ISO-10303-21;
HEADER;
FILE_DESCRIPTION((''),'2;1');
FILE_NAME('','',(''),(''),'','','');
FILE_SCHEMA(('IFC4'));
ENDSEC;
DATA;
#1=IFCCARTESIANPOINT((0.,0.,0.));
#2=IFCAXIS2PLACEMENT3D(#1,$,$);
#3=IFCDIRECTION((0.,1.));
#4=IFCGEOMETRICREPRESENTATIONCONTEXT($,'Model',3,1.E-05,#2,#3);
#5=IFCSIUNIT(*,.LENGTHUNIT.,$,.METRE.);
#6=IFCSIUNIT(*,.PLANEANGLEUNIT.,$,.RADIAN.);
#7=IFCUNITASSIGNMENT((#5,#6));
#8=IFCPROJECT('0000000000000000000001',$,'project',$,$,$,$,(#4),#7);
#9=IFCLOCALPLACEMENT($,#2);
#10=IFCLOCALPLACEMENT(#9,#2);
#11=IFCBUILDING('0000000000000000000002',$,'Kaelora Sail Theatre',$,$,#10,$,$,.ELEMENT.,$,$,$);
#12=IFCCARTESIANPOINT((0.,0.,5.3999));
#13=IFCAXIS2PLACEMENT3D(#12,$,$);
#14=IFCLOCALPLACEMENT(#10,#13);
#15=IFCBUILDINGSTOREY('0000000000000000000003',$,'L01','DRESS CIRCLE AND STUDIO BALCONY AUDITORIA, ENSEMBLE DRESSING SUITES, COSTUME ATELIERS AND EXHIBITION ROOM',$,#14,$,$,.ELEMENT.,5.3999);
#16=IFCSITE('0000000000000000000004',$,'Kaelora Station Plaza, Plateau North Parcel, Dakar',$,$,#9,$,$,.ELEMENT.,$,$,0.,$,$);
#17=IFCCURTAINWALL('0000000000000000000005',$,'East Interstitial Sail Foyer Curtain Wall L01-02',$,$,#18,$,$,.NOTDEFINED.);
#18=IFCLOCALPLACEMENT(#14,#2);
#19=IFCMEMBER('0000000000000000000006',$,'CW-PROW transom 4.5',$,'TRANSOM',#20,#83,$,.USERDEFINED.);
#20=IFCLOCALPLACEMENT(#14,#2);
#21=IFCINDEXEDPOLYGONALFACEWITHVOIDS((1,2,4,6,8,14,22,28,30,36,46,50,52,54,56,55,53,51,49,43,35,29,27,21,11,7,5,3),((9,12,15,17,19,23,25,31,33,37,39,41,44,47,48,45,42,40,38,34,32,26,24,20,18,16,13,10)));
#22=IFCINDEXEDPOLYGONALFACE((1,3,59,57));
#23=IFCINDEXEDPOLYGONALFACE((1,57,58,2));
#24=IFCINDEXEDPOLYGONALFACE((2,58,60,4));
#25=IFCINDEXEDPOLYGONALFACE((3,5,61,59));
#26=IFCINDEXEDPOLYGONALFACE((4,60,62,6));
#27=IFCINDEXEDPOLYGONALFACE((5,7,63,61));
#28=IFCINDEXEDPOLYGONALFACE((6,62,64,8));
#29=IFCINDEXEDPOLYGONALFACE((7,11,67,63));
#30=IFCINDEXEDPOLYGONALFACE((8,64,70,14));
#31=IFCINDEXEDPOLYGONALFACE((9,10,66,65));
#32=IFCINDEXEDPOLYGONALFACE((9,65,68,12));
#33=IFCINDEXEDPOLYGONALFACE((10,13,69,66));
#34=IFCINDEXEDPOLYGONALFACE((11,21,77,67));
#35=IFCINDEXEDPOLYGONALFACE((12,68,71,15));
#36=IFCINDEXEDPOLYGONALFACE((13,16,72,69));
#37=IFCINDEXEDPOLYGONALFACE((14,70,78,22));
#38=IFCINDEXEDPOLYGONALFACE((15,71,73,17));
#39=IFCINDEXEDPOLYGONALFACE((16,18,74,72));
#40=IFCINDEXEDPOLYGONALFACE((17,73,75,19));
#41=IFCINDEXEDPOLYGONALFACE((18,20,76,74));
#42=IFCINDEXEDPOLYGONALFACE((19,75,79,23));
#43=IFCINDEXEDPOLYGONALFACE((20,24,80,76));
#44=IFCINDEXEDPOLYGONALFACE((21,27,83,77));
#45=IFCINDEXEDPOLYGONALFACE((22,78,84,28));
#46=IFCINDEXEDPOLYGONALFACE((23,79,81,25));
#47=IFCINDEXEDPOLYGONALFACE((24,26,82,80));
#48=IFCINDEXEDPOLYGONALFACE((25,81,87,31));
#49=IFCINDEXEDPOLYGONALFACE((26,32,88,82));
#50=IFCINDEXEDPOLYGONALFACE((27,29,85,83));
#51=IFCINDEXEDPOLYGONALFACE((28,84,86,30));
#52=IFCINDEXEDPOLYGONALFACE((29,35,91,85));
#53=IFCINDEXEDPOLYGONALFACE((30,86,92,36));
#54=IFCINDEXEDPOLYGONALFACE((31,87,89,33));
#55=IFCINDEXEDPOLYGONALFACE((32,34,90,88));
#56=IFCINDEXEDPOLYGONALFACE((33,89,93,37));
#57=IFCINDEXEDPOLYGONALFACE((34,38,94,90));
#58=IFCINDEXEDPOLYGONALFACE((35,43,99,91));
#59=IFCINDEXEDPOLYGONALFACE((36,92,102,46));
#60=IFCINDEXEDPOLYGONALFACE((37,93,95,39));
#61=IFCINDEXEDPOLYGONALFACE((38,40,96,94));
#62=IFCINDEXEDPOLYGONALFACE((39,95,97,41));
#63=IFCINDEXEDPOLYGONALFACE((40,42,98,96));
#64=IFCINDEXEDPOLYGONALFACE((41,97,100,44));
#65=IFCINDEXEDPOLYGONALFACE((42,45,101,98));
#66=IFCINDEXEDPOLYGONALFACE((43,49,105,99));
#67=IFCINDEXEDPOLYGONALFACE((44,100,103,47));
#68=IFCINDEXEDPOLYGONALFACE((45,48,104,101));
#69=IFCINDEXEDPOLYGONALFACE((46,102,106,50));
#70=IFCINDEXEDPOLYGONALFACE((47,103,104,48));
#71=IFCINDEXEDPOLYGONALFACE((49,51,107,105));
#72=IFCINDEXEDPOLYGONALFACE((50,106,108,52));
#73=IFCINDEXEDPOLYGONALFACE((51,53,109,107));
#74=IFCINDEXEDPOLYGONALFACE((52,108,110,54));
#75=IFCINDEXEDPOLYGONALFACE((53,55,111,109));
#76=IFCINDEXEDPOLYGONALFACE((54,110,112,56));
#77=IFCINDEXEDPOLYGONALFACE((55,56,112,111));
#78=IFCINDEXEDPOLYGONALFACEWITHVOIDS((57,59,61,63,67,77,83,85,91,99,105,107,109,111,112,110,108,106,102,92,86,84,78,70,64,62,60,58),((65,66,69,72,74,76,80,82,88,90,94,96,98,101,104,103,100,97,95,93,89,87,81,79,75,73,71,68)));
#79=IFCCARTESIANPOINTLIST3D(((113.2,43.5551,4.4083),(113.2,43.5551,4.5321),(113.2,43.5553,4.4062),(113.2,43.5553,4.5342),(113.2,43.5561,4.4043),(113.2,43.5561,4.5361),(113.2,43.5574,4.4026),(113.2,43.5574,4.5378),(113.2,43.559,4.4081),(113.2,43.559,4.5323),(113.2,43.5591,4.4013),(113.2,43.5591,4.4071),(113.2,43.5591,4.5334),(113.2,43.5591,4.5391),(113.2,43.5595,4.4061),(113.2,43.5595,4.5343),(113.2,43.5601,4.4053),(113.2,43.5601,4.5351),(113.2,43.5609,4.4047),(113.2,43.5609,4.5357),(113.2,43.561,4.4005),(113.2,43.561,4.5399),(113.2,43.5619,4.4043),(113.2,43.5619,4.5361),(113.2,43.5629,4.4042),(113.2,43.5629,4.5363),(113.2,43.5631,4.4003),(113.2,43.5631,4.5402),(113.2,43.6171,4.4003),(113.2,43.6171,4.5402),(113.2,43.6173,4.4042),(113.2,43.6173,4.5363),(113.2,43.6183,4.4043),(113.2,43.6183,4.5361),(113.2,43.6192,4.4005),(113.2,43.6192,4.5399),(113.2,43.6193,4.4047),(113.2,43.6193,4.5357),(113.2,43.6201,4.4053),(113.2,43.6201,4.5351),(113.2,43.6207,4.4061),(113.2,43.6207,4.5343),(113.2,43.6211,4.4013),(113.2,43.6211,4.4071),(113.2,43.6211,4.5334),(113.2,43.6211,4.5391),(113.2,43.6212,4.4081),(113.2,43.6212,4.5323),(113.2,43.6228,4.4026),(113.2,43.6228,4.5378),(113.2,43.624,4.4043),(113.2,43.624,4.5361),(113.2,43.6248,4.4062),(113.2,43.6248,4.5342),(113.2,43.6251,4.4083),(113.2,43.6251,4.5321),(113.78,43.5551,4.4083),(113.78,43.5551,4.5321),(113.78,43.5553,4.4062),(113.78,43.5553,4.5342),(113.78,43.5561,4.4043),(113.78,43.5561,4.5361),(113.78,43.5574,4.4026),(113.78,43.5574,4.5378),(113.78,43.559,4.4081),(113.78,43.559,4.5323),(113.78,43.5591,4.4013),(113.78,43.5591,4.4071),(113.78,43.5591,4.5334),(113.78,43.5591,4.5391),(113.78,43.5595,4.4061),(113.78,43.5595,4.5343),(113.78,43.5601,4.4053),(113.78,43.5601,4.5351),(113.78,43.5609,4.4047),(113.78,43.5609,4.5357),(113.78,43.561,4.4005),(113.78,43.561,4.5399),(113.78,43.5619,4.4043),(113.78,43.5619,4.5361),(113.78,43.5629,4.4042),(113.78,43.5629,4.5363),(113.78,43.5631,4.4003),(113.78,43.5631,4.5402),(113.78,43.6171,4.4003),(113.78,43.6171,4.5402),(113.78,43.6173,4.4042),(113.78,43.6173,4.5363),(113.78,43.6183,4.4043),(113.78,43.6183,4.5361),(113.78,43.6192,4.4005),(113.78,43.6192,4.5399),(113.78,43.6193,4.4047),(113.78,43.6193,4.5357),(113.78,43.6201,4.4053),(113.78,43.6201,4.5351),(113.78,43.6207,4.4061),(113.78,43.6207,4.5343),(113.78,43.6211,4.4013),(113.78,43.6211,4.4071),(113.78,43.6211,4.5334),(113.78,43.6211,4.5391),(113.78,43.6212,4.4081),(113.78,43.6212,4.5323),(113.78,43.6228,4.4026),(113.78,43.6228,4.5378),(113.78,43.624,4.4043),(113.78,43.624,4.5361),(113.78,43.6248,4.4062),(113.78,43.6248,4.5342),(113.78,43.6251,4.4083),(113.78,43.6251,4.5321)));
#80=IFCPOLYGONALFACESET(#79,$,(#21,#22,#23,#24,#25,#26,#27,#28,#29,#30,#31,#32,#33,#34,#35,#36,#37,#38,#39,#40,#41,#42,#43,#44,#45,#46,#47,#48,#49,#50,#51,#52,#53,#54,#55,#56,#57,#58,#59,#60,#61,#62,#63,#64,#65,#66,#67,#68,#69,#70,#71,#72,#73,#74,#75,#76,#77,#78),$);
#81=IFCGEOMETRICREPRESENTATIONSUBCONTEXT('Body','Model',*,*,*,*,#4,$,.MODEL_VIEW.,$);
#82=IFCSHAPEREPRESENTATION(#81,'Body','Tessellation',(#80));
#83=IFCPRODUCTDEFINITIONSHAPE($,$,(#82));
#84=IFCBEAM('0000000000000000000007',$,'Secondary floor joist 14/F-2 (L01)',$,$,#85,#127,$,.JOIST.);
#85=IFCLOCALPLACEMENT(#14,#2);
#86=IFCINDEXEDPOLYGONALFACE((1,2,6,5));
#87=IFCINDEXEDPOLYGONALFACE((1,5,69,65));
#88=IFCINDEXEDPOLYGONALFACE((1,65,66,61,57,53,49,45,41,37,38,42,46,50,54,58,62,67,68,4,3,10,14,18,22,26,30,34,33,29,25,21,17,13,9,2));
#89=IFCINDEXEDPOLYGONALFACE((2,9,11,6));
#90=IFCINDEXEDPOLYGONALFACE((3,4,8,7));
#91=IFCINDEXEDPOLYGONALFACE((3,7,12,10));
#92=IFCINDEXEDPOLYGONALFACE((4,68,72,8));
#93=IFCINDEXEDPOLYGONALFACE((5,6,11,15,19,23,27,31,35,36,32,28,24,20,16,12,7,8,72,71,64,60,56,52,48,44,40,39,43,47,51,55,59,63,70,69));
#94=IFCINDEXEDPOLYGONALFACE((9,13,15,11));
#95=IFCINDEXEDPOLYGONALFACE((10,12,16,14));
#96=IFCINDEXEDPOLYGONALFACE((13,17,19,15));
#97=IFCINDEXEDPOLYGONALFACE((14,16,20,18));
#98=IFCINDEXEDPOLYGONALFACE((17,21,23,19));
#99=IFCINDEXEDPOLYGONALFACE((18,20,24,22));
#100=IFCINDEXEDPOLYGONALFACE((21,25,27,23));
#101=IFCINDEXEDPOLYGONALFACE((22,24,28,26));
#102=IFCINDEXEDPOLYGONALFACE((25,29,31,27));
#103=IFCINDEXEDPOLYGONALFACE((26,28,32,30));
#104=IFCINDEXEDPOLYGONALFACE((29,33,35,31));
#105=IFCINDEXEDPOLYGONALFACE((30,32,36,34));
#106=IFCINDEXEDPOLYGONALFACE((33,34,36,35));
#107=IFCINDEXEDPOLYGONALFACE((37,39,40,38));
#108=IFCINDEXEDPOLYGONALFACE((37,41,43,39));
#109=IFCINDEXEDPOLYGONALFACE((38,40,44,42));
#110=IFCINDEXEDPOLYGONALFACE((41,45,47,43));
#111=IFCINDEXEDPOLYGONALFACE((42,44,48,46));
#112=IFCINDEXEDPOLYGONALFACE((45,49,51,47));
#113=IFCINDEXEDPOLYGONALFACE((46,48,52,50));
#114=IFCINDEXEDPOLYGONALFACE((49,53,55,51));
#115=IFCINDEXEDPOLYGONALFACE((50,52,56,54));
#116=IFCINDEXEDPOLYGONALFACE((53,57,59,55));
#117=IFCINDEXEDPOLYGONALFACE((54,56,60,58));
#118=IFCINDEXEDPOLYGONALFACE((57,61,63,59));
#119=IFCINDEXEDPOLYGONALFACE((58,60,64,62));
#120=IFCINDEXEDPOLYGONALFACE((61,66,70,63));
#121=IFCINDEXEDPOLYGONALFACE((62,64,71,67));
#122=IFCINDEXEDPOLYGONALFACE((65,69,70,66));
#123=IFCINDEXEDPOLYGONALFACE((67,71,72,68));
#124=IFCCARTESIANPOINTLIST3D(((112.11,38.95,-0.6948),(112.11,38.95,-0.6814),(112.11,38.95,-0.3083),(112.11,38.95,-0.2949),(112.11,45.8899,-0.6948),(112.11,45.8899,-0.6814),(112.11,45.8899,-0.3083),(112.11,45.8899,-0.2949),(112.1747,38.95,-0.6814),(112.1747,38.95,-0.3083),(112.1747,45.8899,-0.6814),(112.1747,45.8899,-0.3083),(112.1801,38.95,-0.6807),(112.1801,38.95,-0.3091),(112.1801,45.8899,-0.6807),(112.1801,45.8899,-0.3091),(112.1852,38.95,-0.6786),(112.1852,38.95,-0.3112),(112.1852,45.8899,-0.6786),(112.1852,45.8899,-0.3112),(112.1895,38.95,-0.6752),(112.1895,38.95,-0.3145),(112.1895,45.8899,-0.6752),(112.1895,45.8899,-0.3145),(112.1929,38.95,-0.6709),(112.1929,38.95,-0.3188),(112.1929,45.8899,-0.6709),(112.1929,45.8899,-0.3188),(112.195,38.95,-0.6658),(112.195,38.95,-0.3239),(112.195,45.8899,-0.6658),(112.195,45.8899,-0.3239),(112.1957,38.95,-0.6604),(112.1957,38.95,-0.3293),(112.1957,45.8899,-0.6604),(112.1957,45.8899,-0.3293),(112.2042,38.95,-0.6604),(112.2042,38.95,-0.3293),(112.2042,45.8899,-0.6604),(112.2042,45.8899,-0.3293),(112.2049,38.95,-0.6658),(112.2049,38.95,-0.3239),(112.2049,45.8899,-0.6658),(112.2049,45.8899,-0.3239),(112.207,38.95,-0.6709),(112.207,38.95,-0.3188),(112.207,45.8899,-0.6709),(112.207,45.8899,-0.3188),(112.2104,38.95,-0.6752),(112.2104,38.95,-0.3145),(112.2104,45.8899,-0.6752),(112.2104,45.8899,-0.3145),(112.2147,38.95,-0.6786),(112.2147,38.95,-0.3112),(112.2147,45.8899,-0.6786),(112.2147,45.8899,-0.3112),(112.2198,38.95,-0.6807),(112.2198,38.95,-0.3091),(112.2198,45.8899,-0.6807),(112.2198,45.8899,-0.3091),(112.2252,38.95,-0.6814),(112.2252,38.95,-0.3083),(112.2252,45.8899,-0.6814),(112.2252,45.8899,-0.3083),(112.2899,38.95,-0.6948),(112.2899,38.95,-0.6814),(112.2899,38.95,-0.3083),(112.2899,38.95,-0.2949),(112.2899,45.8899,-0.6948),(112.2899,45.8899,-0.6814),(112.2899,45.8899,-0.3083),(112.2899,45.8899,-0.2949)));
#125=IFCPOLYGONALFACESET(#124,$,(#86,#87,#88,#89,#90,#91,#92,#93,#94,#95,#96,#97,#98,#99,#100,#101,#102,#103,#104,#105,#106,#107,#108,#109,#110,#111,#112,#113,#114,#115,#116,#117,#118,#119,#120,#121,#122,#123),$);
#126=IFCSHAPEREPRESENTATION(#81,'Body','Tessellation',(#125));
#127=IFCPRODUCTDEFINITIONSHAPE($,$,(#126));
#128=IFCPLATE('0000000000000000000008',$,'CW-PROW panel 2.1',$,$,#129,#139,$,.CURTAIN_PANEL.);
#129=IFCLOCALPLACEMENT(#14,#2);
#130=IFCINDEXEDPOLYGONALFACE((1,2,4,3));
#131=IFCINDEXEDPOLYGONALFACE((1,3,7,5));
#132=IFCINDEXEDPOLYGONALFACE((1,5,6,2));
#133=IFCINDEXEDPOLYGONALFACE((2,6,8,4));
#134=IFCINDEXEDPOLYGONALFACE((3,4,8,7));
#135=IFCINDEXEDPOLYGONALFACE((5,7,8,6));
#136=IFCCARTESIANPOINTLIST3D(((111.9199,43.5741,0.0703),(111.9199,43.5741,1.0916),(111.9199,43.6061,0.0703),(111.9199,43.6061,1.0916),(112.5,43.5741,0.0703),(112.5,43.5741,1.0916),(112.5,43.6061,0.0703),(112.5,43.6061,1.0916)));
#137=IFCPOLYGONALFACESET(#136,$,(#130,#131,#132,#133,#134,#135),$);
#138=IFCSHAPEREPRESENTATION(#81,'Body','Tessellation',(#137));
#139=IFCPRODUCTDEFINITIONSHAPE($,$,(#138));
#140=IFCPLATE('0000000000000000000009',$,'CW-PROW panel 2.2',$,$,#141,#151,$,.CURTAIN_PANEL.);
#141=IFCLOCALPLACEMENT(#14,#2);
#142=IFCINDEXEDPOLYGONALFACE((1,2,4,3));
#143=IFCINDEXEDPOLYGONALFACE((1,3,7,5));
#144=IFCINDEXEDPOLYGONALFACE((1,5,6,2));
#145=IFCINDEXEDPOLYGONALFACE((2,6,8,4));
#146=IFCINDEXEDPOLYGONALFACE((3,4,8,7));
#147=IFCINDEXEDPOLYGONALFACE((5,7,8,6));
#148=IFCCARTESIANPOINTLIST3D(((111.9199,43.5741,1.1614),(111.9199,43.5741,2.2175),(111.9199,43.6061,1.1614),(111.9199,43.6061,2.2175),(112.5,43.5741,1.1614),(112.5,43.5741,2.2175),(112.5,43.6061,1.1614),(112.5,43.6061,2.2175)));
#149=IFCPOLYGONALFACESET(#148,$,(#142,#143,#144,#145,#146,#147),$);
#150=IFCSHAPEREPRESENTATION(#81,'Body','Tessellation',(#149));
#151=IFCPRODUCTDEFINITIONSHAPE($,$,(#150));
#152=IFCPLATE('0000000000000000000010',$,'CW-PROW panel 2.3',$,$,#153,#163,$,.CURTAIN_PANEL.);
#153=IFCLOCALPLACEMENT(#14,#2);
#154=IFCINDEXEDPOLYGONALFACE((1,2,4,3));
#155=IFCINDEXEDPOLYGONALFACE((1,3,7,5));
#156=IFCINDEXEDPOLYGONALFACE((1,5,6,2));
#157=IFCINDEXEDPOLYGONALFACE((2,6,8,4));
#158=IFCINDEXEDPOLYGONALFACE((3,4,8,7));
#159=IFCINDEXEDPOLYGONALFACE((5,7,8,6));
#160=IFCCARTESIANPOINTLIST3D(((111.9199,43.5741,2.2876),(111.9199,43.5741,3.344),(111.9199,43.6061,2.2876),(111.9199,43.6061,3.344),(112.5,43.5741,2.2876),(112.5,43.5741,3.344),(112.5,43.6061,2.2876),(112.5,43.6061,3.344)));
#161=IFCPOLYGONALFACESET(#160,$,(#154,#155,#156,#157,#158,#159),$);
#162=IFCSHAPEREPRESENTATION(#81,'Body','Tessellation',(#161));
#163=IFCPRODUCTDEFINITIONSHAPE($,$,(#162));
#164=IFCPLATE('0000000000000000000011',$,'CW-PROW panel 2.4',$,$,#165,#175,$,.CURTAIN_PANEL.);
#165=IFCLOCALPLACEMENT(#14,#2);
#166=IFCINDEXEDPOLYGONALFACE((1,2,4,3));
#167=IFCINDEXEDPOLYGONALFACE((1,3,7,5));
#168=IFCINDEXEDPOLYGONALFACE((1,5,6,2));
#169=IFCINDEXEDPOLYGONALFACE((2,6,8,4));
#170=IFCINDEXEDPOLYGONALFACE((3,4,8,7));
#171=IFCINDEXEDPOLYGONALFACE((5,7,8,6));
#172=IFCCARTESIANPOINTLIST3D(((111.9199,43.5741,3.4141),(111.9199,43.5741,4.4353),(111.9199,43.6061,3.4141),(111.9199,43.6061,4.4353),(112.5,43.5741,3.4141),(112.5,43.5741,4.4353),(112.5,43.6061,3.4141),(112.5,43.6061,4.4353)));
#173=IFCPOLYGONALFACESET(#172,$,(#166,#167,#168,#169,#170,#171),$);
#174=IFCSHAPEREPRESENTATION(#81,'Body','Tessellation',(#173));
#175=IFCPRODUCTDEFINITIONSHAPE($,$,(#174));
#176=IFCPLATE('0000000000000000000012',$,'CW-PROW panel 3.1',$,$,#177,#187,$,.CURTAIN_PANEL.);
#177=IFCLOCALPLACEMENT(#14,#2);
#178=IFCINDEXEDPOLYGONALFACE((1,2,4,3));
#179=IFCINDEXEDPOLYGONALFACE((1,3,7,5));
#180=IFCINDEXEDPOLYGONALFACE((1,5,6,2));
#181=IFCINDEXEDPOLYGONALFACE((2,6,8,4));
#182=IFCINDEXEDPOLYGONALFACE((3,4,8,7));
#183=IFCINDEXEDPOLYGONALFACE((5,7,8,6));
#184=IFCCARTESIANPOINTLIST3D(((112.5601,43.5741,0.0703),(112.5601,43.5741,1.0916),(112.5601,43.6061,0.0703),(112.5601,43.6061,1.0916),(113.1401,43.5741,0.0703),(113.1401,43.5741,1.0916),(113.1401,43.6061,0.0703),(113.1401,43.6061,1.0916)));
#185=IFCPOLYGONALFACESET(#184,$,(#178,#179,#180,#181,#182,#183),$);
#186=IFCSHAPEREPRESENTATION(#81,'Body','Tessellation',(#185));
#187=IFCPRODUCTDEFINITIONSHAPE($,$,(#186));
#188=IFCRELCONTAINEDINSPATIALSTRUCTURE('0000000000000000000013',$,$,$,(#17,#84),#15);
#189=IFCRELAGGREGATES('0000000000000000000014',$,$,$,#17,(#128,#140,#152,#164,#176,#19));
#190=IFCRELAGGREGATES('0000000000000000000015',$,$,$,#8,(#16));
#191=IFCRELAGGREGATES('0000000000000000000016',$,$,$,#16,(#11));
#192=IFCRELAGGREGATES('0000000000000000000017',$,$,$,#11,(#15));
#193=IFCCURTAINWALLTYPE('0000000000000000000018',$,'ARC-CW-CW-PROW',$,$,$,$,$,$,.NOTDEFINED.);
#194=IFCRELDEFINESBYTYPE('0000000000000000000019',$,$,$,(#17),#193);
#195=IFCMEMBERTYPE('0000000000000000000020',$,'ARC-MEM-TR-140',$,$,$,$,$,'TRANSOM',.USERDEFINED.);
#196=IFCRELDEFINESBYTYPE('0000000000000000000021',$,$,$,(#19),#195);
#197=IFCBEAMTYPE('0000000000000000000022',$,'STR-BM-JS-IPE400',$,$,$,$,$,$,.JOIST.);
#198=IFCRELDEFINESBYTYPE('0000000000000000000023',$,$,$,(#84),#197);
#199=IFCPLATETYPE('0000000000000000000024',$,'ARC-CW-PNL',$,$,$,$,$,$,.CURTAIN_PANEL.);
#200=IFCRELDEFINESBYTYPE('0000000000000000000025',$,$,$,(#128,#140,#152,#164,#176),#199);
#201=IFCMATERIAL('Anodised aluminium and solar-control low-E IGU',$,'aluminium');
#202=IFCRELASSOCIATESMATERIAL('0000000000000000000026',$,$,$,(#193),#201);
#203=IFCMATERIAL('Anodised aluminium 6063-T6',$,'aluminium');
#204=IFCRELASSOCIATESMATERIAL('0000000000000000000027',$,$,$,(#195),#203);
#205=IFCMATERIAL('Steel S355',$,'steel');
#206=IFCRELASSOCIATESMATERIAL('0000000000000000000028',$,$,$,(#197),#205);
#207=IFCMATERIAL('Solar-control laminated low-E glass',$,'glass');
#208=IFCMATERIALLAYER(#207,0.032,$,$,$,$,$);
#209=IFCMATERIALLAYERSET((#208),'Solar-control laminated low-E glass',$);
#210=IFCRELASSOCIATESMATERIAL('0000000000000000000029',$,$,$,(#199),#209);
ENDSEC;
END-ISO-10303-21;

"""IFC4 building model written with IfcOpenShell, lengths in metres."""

from ifc_helpers import new_model, si_unit, direction, frame, origin, origin_2d, place, context, subcontext, project, spatial, rectangle, hollow_rectangle, i_section, extrude, material, layer, layer_set, material_profile, profile_set, type_object, element, aggregate, save


model = new_model("IFC4")

# Units and contexts
model_context = context("Model", 3, precision=1e-05, world=origin(), true_north=direction((0.0, 1.0)))
body_context = subcontext(model_context, "Body", "Model", "MODEL_VIEW")
ifc_project = project(units=[si_unit("LENGTHUNIT", "METRE"), si_unit("PLANEANGLEUNIT", "RADIAN")], contexts=[model_context])

# Site, building, storey
site_placement = place(None, origin())
site = spatial("IfcSite", under=ifc_project, at=site_placement, Name="Kaelora Station Plaza, Plateau North Parcel, Dakar", CompositionType="ELEMENT", RefElevation=0.0)
building_placement = place(site_placement, origin())
building = spatial("IfcBuilding", under=site, at=building_placement, Name="Kaelora Sail Theatre", CompositionType="ELEMENT")
storey_placement = place(building_placement, frame((0.0, 0.0, 5.3999)))
storey = spatial("IfcBuildingStorey", under=building, at=storey_placement, Name="L01", Description="DRESS CIRCLE AND STUDIO BALCONY AUDITORIA, ENSEMBLE DRESSING SUITES, COSTUME ATELIERS AND EXHIBITION ROOM", CompositionType="ELEMENT", Elevation=5.3999)

# Curtain wall, member
ifc_material_1 = material(Name="Anodised aluminium and solar-control low-E IGU", Category="aluminium")
curtain_wall_type = type_object("IfcCurtainWallType", Name="ARC-CW-CW-PROW", PredefinedType="NOTDEFINED", material=ifc_material_1)
curtain_wall_placement = place(storey_placement, origin())
curtain_wall = element("IfcCurtainWall", 1, at=curtain_wall_placement, inside=storey, type_object=curtain_wall_type, Name="East Interstitial Sail Foyer Curtain Wall L01-02", PredefinedType="NOTDEFINED")
ifc_material_2 = material(Name="Anodised aluminium 6063-T6", Category="aluminium")
ifc_material_profile_1 = material_profile(ifc_material_2, hollow_rectangle(XDim=0.0701, YDim=0.1399, WallThickness=0.0039, InnerFilletRadius=0.0039, OuterFilletRadius=0.0081, at=origin_2d()), Name="ALU-TRAN 70x140x4")
ifc_profile_set_1 = profile_set([ifc_material_profile_1], Name="Anodised aluminium 6063-T6")
member_type_1 = type_object("IfcMemberType", Name="ARC-MEM-TR-140", ElementType="TRANSOM", PredefinedType="USERDEFINED", material=ifc_profile_set_1)
member_1_placement = place(storey_placement, frame((113.2, 43.5901, 4.4702), z_axis=(1.0, 0.0, 0.0), x_axis=(0.0, 1.0, 0.0)))
member_1 = element("IfcMember", 2, at=member_1_placement, type_object=member_type_1, Name="CW-PROW transom 4.5", ObjectType="TRANSOM", PredefinedType="USERDEFINED", context=body_context, shape_type="SweptSolid", body=[
    extrude(hollow_rectangle(XDim=0.0701, YDim=0.1399, WallThickness=0.0039, InnerFilletRadius=0.0039, OuterFilletRadius=0.0081, at=origin_2d()), origin(), (0.0, 0.0, 1.0), 0.5801),
])

# Beam
ifc_material_3 = material(Name="Steel S355", Category="steel")
ifc_material_profile_2 = material_profile(ifc_material_3, i_section(OverallWidth=0.1799, OverallDepth=0.3999, WebThickness=0.0085, FlangeThickness=0.0134, FilletRadius=0.021, at=origin_2d()), Name="IPE 400")
ifc_profile_set_2 = profile_set([ifc_material_profile_2], Name="Steel S355")
beam_type = type_object("IfcBeamType", Name="STR-BM-JS-IPE400", PredefinedType="JOIST", material=ifc_profile_set_2)
beam_placement = place(storey_placement, frame((112.2, 38.95, -0.4949), z_axis=(0.0, 1.0, 0.0), x_axis=(-1.0, 0.0, 0.0)))
element("IfcBeam", 3, at=beam_placement, inside=storey, type_object=beam_type, Name="Secondary floor joist 14/F-2 (L01)", PredefinedType="JOIST", context=body_context, shape_type="SweptSolid", body=[
    extrude(i_section(OverallWidth=0.1799, OverallDepth=0.3999, WebThickness=0.0085, FlangeThickness=0.0134, FilletRadius=0.021, at=origin_2d()), origin(), (0.0, 0.0, 1.0), 6.9399),
])

# Plates
ifc_material_4 = material(Name="Solar-control laminated low-E glass", Category="glass")
ifc_layer = layer(ifc_material_4, 0.032)
ifc_layer_set = layer_set([ifc_layer], Name="Solar-control laminated low-E glass")
plate_type = type_object("IfcPlateType", Name="ARC-CW-PNL", PredefinedType="CURTAIN_PANEL", material=ifc_layer_set)
plate_1_placement = place(storey_placement, frame((112.21, 43.5901, 0.0703), z_axis=(0.0, 0.0, 1.0), x_axis=(1.0, 0.0, 0.0)))
plate_1 = element("IfcPlate", 4, at=plate_1_placement, type_object=plate_type, Name="CW-PROW panel 2.1", PredefinedType="CURTAIN_PANEL", context=body_context, shape_type="SweptSolid", body=[
    extrude(rectangle(XDim=0.5801, YDim=0.032, at=origin_2d()), origin(), (0.0, 0.0, 1.0), 1.0212),
])
plate_2_placement = place(storey_placement, frame((112.21, 43.5901, 1.1614), z_axis=(0.0, 0.0, 1.0), x_axis=(1.0, 0.0, 0.0)))
plate_2 = element("IfcPlate", 5, at=plate_2_placement, type_object=plate_type, Name="CW-PROW panel 2.2", PredefinedType="CURTAIN_PANEL", context=body_context, shape_type="SweptSolid", body=[
    extrude(rectangle(XDim=0.5801, YDim=0.032, at=origin_2d()), origin(), (0.0, 0.0, 1.0), 1.0562),
])
plate_3_placement = place(storey_placement, frame((112.21, 43.5901, 2.2876), z_axis=(0.0, 0.0, 1.0), x_axis=(1.0, 0.0, 0.0)))
plate_3 = element("IfcPlate", 6, at=plate_3_placement, type_object=plate_type, Name="CW-PROW panel 2.3", PredefinedType="CURTAIN_PANEL", context=body_context, shape_type="SweptSolid", body=[
    extrude(rectangle(XDim=0.5801, YDim=0.032, at=origin_2d()), origin(), (0.0, 0.0, 1.0), 1.0564),
])
plate_4_placement = place(storey_placement, frame((112.21, 43.5901, 3.4141), z_axis=(0.0, 0.0, 1.0), x_axis=(1.0, 0.0, 0.0)))
plate_4 = element("IfcPlate", 7, at=plate_4_placement, type_object=plate_type, Name="CW-PROW panel 2.4", PredefinedType="CURTAIN_PANEL", context=body_context, shape_type="SweptSolid", body=[
    extrude(rectangle(XDim=0.5801, YDim=0.032, at=origin_2d()), origin(), (0.0, 0.0, 1.0), 1.0212),
])
plate_5_placement = place(storey_placement, frame((112.8501, 43.5901, 0.0703), z_axis=(0.0, 0.0, 1.0), x_axis=(1.0, 0.0, 0.0)))
plate_5 = element("IfcPlate", 8, at=plate_5_placement, type_object=plate_type, Name="CW-PROW panel 3.1", PredefinedType="CURTAIN_PANEL", context=body_context, shape_type="SweptSolid", body=[
    extrude(rectangle(XDim=0.5801, YDim=0.032, at=origin_2d()), origin(), (0.0, 0.0, 1.0), 1.0212),
])
aggregate(curtain_wall, [plate_1, plate_2, plate_3, plate_4, plate_5, member_1])

save(model, "model.ifc")
